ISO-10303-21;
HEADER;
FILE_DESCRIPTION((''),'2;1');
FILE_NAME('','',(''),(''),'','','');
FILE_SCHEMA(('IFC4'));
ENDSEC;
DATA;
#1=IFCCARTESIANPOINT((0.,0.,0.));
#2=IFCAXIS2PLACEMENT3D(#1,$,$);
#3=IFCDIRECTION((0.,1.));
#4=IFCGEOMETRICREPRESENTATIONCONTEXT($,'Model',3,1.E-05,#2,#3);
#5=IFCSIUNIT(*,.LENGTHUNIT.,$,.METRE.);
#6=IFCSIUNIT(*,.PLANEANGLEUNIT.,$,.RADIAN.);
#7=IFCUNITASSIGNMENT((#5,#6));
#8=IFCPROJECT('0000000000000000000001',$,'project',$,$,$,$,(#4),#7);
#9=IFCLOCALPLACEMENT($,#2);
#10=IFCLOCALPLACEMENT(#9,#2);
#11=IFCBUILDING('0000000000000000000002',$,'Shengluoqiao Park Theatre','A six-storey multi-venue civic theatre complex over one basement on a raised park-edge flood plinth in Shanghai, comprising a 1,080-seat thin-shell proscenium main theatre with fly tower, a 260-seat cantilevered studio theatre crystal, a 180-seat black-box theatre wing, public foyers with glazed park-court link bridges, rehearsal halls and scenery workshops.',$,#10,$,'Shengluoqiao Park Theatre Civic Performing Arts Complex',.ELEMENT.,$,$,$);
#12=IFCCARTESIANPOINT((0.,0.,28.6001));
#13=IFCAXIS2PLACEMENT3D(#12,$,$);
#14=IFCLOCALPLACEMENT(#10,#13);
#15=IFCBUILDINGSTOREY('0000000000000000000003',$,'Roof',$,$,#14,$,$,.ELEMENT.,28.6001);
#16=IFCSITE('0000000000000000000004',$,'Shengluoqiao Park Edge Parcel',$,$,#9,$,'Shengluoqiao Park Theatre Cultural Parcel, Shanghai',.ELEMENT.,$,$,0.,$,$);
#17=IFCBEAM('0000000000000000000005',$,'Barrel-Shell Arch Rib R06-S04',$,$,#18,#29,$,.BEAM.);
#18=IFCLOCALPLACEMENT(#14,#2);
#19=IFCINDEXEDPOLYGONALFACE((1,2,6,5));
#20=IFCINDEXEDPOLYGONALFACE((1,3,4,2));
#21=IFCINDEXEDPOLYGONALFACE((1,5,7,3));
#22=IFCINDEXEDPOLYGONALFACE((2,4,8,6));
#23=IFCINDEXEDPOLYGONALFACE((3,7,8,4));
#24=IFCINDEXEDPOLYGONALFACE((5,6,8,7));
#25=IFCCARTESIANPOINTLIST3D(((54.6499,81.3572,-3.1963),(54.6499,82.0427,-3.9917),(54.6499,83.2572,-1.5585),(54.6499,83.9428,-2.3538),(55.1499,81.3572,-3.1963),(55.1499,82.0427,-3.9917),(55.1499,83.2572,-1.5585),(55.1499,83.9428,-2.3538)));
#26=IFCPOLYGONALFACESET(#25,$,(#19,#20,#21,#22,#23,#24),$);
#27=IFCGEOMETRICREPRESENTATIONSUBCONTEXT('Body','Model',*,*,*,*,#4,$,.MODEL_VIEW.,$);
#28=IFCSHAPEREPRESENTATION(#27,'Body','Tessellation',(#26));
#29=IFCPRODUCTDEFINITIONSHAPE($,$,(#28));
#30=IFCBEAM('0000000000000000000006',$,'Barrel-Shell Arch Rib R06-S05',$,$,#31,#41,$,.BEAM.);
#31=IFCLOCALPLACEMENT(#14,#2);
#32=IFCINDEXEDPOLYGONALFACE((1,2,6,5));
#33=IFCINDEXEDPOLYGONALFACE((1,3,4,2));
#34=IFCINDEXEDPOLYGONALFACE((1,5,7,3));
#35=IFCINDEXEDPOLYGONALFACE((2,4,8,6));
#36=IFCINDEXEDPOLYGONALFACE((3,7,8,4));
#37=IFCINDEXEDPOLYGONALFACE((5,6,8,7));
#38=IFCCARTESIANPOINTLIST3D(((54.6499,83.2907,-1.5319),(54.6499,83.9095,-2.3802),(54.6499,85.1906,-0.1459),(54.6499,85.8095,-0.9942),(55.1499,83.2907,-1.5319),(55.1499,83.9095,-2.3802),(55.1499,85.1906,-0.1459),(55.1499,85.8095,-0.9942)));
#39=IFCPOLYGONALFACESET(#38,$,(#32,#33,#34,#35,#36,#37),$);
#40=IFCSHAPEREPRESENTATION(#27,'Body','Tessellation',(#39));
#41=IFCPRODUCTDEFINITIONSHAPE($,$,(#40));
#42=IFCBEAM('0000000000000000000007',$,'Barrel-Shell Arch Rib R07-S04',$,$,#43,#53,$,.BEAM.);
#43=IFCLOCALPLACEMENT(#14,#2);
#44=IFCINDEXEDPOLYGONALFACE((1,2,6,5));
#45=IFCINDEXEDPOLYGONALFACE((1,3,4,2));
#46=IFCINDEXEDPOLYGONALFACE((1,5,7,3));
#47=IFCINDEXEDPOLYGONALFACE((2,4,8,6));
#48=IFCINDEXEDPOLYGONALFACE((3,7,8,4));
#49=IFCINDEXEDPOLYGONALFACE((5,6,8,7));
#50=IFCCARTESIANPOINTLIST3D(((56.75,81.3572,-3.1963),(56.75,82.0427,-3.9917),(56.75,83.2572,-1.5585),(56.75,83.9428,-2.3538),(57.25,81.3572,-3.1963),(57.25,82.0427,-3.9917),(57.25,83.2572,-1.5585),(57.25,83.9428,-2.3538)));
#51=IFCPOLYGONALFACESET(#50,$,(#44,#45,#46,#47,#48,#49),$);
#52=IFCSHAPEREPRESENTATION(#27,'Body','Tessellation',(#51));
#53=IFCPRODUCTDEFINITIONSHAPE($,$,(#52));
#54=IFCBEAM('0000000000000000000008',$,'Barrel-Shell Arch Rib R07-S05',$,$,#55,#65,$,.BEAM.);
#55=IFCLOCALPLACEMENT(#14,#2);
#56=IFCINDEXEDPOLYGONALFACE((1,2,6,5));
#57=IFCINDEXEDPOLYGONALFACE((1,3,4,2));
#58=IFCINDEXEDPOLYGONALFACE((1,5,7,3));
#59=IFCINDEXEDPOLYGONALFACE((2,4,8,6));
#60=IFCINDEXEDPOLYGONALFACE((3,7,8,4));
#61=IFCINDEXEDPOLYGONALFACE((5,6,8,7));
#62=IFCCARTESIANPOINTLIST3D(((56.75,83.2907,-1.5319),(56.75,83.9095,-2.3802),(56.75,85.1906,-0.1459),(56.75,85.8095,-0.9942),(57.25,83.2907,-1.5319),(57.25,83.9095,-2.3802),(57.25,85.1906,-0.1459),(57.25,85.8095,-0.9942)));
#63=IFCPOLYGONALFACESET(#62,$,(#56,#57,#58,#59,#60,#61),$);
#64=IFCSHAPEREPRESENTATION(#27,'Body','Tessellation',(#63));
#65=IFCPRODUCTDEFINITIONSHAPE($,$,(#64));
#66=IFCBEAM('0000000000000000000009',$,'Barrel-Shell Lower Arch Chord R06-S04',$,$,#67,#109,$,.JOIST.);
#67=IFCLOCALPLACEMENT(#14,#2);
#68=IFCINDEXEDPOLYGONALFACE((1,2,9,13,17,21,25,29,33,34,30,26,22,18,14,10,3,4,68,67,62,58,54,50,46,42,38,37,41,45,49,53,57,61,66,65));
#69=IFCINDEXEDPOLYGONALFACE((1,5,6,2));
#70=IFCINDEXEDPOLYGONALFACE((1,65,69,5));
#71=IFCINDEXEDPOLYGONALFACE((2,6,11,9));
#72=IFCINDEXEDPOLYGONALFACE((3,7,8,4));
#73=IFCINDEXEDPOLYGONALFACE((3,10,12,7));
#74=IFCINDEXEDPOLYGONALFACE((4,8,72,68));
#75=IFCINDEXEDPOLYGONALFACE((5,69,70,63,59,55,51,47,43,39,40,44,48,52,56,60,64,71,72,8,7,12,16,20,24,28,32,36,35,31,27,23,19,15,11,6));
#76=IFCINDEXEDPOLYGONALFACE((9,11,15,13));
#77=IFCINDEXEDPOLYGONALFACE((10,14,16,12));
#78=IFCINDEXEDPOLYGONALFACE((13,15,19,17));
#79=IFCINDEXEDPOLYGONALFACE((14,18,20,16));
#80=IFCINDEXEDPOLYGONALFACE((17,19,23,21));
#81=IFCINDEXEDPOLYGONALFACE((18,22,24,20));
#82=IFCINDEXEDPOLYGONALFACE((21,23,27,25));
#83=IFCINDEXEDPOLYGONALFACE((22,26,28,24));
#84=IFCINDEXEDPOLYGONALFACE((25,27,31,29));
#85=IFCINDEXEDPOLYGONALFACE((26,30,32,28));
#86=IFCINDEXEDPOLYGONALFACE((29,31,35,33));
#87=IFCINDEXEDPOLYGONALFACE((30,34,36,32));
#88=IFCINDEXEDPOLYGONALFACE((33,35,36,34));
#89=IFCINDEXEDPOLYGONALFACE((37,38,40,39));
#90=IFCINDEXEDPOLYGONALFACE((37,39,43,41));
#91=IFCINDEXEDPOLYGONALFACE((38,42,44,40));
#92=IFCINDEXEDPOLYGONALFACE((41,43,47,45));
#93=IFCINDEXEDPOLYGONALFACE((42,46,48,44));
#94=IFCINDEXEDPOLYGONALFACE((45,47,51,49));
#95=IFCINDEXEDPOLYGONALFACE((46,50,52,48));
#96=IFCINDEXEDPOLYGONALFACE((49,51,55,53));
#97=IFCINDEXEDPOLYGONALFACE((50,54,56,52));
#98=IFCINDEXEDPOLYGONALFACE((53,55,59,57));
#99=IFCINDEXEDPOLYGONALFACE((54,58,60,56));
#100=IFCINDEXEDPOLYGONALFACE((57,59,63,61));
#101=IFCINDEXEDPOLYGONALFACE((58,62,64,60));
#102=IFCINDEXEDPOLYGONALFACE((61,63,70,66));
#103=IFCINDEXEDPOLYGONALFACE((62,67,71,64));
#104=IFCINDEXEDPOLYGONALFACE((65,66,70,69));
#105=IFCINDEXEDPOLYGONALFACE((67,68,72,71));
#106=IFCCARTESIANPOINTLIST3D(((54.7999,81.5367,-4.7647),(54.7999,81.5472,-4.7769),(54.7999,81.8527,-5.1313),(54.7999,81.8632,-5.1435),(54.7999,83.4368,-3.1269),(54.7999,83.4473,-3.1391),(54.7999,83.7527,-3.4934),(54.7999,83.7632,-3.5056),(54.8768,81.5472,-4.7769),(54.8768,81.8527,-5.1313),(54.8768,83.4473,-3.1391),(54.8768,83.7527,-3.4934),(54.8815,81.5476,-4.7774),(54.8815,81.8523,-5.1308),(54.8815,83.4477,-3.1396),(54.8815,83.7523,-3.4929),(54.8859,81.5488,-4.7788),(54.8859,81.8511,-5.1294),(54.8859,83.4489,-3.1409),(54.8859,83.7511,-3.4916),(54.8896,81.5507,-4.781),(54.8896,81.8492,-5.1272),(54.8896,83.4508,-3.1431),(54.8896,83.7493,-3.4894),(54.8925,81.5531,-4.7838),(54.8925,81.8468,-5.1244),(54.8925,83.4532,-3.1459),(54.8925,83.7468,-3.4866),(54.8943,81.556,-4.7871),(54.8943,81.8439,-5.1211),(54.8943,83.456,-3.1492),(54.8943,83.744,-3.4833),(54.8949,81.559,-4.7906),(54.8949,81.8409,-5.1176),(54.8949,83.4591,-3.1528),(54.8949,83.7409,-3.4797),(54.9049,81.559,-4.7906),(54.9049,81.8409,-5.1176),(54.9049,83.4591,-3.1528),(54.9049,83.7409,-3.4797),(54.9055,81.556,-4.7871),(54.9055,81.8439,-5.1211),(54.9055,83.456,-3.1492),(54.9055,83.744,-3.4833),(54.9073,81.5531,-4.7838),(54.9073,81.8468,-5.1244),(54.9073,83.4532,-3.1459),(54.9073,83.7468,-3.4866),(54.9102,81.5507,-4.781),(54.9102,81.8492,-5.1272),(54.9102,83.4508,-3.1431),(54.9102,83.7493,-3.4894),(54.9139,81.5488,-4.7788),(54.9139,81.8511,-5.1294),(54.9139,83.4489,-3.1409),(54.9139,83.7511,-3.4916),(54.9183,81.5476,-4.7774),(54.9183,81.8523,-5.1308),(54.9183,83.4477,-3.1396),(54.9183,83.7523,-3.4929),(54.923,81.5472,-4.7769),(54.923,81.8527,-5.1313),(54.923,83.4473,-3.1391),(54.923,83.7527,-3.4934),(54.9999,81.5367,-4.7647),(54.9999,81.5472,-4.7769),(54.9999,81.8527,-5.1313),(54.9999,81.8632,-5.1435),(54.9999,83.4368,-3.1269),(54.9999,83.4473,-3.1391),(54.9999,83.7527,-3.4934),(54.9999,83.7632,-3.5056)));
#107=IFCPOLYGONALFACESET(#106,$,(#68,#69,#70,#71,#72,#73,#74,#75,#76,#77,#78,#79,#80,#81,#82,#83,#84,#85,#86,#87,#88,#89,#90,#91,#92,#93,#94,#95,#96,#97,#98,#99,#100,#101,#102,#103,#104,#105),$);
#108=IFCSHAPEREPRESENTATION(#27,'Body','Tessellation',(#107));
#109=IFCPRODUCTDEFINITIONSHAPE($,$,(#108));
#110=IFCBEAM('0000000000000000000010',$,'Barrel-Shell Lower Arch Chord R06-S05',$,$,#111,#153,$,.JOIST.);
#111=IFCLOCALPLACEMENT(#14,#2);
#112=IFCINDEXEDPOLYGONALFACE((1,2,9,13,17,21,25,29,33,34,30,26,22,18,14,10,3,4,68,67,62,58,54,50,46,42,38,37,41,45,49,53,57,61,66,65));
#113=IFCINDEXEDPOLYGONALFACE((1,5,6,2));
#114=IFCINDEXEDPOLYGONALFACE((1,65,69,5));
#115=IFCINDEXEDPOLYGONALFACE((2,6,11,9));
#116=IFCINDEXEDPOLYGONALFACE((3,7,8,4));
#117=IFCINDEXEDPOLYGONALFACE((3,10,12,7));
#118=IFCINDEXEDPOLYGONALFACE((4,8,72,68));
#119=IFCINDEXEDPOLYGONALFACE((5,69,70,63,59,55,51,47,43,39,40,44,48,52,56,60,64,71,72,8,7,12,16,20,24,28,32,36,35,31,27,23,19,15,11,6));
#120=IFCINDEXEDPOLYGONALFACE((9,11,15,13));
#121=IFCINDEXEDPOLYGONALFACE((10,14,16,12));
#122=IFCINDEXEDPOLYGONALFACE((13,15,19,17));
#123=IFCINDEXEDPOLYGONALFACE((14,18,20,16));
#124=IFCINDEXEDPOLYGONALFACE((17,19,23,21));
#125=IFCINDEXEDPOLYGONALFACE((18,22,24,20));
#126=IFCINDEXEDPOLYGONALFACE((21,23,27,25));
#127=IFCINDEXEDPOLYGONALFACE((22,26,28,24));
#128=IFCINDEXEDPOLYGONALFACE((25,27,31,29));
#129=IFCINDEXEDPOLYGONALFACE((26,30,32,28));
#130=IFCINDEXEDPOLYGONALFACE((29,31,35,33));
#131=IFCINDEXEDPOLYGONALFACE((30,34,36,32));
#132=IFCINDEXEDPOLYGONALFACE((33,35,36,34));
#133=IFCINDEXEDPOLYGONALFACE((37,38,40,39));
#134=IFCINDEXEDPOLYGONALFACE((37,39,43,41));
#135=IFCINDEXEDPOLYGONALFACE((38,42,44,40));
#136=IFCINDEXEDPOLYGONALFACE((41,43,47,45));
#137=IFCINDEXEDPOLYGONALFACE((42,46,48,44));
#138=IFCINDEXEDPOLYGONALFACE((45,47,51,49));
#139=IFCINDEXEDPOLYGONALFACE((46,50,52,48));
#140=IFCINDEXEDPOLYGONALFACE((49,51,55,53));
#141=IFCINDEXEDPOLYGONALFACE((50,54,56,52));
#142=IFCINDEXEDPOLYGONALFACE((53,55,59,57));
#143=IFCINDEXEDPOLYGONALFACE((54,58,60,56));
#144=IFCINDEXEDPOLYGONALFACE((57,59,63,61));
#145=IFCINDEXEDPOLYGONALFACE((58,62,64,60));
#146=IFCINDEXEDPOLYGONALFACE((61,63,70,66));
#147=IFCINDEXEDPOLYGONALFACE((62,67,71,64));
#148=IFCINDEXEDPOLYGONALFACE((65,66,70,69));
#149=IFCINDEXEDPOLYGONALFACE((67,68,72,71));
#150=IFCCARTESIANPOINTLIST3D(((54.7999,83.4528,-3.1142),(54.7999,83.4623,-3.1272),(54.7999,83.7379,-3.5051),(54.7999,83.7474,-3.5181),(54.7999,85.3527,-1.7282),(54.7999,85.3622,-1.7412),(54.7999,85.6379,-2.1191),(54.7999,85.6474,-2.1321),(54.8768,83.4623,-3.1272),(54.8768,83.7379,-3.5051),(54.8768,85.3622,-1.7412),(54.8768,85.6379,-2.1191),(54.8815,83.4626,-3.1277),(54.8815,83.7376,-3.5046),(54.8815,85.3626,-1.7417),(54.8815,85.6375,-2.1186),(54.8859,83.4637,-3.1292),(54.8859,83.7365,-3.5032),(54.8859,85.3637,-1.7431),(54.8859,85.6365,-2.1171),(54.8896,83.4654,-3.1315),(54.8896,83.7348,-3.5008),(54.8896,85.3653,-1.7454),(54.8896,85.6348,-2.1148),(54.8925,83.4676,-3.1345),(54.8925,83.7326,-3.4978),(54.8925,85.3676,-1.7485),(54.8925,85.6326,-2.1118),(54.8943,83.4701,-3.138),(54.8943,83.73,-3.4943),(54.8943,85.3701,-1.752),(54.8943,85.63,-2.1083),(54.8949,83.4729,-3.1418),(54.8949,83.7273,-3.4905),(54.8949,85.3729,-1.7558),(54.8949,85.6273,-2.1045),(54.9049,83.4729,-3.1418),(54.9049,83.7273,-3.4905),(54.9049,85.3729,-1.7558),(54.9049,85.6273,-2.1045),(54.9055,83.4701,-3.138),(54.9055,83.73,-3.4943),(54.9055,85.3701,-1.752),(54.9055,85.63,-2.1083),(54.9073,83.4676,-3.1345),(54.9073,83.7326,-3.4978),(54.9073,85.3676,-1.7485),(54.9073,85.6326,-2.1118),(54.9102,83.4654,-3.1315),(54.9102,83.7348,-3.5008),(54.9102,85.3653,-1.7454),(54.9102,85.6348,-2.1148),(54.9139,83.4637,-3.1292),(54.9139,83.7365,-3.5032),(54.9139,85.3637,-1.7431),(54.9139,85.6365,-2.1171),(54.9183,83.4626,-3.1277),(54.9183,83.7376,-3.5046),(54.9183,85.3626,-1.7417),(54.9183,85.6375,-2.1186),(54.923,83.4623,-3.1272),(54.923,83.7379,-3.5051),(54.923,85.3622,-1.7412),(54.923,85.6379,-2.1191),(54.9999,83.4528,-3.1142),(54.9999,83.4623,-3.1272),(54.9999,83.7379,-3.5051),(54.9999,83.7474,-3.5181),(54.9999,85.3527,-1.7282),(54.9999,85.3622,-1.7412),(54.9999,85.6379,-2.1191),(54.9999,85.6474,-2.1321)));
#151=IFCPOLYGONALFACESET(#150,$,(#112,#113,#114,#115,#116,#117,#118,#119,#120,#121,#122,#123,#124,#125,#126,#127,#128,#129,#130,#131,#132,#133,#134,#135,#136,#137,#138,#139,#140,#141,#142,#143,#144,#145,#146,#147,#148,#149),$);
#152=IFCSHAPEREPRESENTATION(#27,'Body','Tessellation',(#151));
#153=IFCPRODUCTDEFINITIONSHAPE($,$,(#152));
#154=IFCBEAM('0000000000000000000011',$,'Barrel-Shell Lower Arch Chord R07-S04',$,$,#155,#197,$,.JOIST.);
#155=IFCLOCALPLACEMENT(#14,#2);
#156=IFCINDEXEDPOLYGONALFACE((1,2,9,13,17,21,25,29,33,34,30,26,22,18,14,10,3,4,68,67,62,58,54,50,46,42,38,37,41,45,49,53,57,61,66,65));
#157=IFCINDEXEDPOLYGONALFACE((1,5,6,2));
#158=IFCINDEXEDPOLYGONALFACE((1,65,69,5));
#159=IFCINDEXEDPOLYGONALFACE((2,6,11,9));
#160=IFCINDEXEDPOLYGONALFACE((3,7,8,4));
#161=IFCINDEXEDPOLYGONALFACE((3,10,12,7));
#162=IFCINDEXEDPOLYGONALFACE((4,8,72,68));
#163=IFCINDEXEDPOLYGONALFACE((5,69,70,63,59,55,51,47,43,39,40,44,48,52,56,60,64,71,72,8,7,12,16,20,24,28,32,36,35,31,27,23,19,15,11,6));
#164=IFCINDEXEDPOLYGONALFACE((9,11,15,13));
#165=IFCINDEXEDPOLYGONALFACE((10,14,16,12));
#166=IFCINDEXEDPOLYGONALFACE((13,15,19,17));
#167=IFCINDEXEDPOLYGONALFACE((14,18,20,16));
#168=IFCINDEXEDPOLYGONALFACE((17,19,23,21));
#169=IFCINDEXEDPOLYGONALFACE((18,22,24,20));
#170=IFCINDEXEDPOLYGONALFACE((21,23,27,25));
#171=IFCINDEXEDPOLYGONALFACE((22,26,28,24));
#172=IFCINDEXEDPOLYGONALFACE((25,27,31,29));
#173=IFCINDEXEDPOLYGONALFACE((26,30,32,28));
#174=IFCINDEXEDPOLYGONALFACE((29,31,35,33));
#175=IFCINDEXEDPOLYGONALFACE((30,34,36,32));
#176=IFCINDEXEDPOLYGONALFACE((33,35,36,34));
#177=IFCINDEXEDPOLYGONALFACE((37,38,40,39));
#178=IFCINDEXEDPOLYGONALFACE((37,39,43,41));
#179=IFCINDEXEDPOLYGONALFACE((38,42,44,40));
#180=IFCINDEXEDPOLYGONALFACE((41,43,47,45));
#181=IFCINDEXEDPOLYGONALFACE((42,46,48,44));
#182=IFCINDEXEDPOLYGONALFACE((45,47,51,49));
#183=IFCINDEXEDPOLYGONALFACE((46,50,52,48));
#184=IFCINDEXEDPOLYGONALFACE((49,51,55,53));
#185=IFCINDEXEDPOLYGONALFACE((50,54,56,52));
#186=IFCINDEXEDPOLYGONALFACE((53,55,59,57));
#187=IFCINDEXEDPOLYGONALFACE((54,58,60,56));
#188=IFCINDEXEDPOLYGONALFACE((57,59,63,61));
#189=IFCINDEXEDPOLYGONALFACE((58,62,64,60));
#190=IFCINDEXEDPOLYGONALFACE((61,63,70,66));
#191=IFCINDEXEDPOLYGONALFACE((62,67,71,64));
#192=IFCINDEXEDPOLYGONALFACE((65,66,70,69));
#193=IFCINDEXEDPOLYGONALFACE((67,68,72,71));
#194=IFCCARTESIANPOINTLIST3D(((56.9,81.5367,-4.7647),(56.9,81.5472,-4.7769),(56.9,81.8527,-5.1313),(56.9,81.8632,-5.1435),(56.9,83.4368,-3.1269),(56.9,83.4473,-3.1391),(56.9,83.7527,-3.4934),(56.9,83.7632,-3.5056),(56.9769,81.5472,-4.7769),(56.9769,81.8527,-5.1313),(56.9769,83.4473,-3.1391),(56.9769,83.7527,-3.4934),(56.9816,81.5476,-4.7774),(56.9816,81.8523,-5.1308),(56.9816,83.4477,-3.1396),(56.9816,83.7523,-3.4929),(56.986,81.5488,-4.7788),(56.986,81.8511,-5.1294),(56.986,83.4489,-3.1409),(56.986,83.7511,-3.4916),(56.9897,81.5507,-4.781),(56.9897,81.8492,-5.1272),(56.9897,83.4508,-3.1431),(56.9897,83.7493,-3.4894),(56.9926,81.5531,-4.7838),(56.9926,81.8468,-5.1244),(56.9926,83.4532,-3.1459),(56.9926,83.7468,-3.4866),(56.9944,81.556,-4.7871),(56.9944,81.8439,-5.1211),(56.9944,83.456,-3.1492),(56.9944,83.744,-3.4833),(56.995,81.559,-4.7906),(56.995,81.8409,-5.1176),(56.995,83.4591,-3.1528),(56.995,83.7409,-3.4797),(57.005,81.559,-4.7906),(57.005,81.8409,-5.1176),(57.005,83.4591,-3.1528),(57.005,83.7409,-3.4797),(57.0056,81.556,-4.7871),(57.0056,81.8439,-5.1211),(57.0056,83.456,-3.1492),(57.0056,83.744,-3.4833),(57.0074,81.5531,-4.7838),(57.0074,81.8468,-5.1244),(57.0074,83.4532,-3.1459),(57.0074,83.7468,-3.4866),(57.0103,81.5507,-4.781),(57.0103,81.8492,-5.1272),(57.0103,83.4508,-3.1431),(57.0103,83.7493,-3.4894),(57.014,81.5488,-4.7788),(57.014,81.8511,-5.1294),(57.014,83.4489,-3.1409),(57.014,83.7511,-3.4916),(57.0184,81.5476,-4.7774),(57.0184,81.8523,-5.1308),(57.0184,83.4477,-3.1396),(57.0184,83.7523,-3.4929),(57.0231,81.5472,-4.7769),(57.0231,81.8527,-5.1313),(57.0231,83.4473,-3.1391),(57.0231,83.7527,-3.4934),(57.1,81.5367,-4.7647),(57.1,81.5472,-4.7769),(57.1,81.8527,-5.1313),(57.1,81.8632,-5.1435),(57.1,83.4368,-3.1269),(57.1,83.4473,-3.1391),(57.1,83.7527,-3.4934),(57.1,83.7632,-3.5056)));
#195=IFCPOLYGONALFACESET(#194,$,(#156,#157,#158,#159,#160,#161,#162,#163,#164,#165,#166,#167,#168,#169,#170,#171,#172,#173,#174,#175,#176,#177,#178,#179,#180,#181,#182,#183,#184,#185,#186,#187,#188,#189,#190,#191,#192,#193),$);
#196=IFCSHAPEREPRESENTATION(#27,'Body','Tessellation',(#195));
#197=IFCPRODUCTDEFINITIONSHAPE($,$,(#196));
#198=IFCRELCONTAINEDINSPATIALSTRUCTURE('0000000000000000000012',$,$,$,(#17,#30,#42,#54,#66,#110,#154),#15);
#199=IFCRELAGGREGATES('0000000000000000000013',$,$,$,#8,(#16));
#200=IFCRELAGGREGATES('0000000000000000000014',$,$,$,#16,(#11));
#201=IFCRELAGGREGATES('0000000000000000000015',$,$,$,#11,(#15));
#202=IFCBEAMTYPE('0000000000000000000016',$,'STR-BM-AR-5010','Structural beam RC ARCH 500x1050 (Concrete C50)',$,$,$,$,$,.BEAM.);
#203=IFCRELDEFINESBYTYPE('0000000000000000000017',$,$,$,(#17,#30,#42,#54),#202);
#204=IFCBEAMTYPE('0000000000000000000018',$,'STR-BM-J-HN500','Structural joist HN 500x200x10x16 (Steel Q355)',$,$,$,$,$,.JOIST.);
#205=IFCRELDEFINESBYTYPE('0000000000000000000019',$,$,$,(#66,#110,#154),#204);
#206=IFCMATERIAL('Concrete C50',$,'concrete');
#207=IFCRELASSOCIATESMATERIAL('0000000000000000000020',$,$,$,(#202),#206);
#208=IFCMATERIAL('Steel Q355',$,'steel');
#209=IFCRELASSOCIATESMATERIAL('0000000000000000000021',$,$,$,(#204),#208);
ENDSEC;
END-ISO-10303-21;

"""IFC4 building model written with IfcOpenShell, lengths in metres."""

from ifc_helpers import new_model, si_unit, direction, frame, origin, origin_2d, place, context, subcontext, project, spatial, rectangle, i_section, extrude, material, material_profile, profile_set, type_object, element, save


model = new_model("IFC4")

# Units and contexts
model_context = context("Model", 3, precision=1e-05, world=origin(), true_north=direction((0.0, 1.0)))
body_context = subcontext(model_context, "Body", "Model", "MODEL_VIEW")
ifc_project = project(units=[si_unit("LENGTHUNIT", "METRE"), si_unit("PLANEANGLEUNIT", "RADIAN")], contexts=[model_context])

# Site, building, storey
site_placement = place(None, origin())
site = spatial("IfcSite", under=ifc_project, at=site_placement, Name="Shengluoqiao Park Edge Parcel", LongName="Shengluoqiao Park Theatre Cultural Parcel, Shanghai", CompositionType="ELEMENT", RefElevation=0.0)
building_placement = place(site_placement, origin())
building = spatial("IfcBuilding", under=site, at=building_placement, Name="Shengluoqiao Park Theatre", Description="A six-storey multi-venue civic theatre complex over one basement on a raised park-edge flood plinth in Shanghai, comprising a 1,080-seat thin-shell proscenium main theatre with fly tower, a 260-seat cantilevered studio theatre crystal, a 180-seat black-box theatre wing, public foyers with glazed park-court link bridges, rehearsal halls and scenery workshops.", LongName="Shengluoqiao Park Theatre Civic Performing Arts Complex", CompositionType="ELEMENT")
storey_placement = place(building_placement, frame((0.0, 0.0, 28.6001)))
storey = spatial("IfcBuildingStorey", under=building, at=storey_placement, Name="Roof", CompositionType="ELEMENT", Elevation=28.6001)

# Beams
ifc_material_1 = material(Name="Concrete C50", Category="concrete")
ifc_material_profile_1 = material_profile(ifc_material_1, rectangle(XDim=0.5, YDim=1.05, at=origin_2d()), Name="RC ARCH 500x1050")
ifc_profile_set_1 = profile_set([ifc_material_profile_1], Name="Concrete C50")
beam_type_1 = type_object("IfcBeamType", Name="STR-BM-AR-5010", Description="Structural beam RC ARCH 500x1050 (Concrete C50)", PredefinedType="BEAM", material=ifc_profile_set_1)
beam_1_placement = place(storey_placement, frame((54.8999, 81.7, -3.594), z_axis=(0.0, 0.757433, 0.652913), x_axis=(-1.0, 0.0, 0.0)))
element("IfcBeam", 1, at=beam_1_placement, inside=storey, type_object=beam_type_1, Name="Barrel-Shell Arch Rib R06-S04", PredefinedType="BEAM", context=body_context, shape_type="SweptSolid", body=[
    extrude(rectangle(XDim=0.5, YDim=1.05, at=origin_2d()), origin(), (0.0, 0.0, 1.0), 2.5085),
])
beam_2_placement = place(storey_placement, frame((54.8999, 83.6001, -1.9561), z_axis=(0.0, 0.807878, 0.58935), x_axis=(-1.0, 0.0, 0.0)))
element("IfcBeam", 2, at=beam_2_placement, inside=storey, type_object=beam_type_1, Name="Barrel-Shell Arch Rib R06-S05", PredefinedType="BEAM", context=body_context, shape_type="SweptSolid", body=[
    extrude(rectangle(XDim=0.5, YDim=1.05, at=origin_2d()), origin(), (0.0, 0.0, 1.0), 2.3518),
])
beam_3_placement = place(storey_placement, frame((57.0, 81.7, -3.594), z_axis=(0.0, 0.757433, 0.652913), x_axis=(-1.0, 0.0, 0.0)))
element("IfcBeam", 3, at=beam_3_placement, inside=storey, type_object=beam_type_1, Name="Barrel-Shell Arch Rib R07-S04", PredefinedType="BEAM", context=body_context, shape_type="SweptSolid", body=[
    extrude(rectangle(XDim=0.5, YDim=1.05, at=origin_2d()), origin(), (0.0, 0.0, 1.0), 2.5085),
])
beam_4_placement = place(storey_placement, frame((57.0, 83.6001, -1.9561), z_axis=(0.0, 0.807878, 0.58935), x_axis=(-1.0, 0.0, 0.0)))
element("IfcBeam", 4, at=beam_4_placement, inside=storey, type_object=beam_type_1, Name="Barrel-Shell Arch Rib R07-S05", PredefinedType="BEAM", context=body_context, shape_type="SweptSolid", body=[
    extrude(rectangle(XDim=0.5, YDim=1.05, at=origin_2d()), origin(), (0.0, 0.0, 1.0), 2.3518),
])
ifc_material_2 = material(Name="Steel Q355", Category="steel")
ifc_material_profile_2 = material_profile(ifc_material_2, i_section(OverallWidth=0.2, OverallDepth=0.5, WebThickness=0.01, FlangeThickness=0.0161, FilletRadius=0.0181, at=origin_2d()), Name="HN 500x200x10x16")
ifc_profile_set_2 = profile_set([ifc_material_profile_2], Name="Steel Q355")
beam_type_2 = type_object("IfcBeamType", Name="STR-BM-J-HN500", Description="Structural joist HN 500x200x10x16 (Steel Q355)", PredefinedType="JOIST", material=ifc_profile_set_2)
beam_5_placement = place(storey_placement, frame((54.8999, 81.7, -4.9541), z_axis=(0.0, 0.757433, 0.652913), x_axis=(-1.0, 0.0, 0.0)))
element("IfcBeam", 5, at=beam_5_placement, inside=storey, type_object=beam_type_2, Name="Barrel-Shell Lower Arch Chord R06-S04", PredefinedType="JOIST", context=body_context, shape_type="SweptSolid", body=[
    extrude(i_section(OverallWidth=0.2, OverallDepth=0.5, WebThickness=0.01, FlangeThickness=0.0161, FilletRadius=0.0181, at=origin_2d()), origin(), (0.0, 0.0, 1.0), 2.5085),
])
beam_6_placement = place(storey_placement, frame((54.8999, 83.6001, -3.3162), z_axis=(0.0, 0.807878, 0.58935), x_axis=(-1.0, 0.0, 0.0)))
element("IfcBeam", 6, at=beam_6_placement, inside=storey, type_object=beam_type_2, Name="Barrel-Shell Lower Arch Chord R06-S05", PredefinedType="JOIST", context=body_context, shape_type="SweptSolid", body=[
    extrude(i_section(OverallWidth=0.2, OverallDepth=0.5, WebThickness=0.01, FlangeThickness=0.0161, FilletRadius=0.0181, at=origin_2d()), origin(), (0.0, 0.0, 1.0), 2.3518),
])
beam_7_placement = place(storey_placement, frame((57.0, 81.7, -4.9541), z_axis=(0.0, 0.757433, 0.652913), x_axis=(-1.0, 0.0, 0.0)))
element("IfcBeam", 7, at=beam_7_placement, inside=storey, type_object=beam_type_2, Name="Barrel-Shell Lower Arch Chord R07-S04", PredefinedType="JOIST", context=body_context, shape_type="SweptSolid", body=[
    extrude(i_section(OverallWidth=0.2, OverallDepth=0.5, WebThickness=0.01, FlangeThickness=0.0161, FilletRadius=0.0181, at=origin_2d()), origin(), (0.0, 0.0, 1.0), 2.5085),
])

save(model, "model.ifc")
